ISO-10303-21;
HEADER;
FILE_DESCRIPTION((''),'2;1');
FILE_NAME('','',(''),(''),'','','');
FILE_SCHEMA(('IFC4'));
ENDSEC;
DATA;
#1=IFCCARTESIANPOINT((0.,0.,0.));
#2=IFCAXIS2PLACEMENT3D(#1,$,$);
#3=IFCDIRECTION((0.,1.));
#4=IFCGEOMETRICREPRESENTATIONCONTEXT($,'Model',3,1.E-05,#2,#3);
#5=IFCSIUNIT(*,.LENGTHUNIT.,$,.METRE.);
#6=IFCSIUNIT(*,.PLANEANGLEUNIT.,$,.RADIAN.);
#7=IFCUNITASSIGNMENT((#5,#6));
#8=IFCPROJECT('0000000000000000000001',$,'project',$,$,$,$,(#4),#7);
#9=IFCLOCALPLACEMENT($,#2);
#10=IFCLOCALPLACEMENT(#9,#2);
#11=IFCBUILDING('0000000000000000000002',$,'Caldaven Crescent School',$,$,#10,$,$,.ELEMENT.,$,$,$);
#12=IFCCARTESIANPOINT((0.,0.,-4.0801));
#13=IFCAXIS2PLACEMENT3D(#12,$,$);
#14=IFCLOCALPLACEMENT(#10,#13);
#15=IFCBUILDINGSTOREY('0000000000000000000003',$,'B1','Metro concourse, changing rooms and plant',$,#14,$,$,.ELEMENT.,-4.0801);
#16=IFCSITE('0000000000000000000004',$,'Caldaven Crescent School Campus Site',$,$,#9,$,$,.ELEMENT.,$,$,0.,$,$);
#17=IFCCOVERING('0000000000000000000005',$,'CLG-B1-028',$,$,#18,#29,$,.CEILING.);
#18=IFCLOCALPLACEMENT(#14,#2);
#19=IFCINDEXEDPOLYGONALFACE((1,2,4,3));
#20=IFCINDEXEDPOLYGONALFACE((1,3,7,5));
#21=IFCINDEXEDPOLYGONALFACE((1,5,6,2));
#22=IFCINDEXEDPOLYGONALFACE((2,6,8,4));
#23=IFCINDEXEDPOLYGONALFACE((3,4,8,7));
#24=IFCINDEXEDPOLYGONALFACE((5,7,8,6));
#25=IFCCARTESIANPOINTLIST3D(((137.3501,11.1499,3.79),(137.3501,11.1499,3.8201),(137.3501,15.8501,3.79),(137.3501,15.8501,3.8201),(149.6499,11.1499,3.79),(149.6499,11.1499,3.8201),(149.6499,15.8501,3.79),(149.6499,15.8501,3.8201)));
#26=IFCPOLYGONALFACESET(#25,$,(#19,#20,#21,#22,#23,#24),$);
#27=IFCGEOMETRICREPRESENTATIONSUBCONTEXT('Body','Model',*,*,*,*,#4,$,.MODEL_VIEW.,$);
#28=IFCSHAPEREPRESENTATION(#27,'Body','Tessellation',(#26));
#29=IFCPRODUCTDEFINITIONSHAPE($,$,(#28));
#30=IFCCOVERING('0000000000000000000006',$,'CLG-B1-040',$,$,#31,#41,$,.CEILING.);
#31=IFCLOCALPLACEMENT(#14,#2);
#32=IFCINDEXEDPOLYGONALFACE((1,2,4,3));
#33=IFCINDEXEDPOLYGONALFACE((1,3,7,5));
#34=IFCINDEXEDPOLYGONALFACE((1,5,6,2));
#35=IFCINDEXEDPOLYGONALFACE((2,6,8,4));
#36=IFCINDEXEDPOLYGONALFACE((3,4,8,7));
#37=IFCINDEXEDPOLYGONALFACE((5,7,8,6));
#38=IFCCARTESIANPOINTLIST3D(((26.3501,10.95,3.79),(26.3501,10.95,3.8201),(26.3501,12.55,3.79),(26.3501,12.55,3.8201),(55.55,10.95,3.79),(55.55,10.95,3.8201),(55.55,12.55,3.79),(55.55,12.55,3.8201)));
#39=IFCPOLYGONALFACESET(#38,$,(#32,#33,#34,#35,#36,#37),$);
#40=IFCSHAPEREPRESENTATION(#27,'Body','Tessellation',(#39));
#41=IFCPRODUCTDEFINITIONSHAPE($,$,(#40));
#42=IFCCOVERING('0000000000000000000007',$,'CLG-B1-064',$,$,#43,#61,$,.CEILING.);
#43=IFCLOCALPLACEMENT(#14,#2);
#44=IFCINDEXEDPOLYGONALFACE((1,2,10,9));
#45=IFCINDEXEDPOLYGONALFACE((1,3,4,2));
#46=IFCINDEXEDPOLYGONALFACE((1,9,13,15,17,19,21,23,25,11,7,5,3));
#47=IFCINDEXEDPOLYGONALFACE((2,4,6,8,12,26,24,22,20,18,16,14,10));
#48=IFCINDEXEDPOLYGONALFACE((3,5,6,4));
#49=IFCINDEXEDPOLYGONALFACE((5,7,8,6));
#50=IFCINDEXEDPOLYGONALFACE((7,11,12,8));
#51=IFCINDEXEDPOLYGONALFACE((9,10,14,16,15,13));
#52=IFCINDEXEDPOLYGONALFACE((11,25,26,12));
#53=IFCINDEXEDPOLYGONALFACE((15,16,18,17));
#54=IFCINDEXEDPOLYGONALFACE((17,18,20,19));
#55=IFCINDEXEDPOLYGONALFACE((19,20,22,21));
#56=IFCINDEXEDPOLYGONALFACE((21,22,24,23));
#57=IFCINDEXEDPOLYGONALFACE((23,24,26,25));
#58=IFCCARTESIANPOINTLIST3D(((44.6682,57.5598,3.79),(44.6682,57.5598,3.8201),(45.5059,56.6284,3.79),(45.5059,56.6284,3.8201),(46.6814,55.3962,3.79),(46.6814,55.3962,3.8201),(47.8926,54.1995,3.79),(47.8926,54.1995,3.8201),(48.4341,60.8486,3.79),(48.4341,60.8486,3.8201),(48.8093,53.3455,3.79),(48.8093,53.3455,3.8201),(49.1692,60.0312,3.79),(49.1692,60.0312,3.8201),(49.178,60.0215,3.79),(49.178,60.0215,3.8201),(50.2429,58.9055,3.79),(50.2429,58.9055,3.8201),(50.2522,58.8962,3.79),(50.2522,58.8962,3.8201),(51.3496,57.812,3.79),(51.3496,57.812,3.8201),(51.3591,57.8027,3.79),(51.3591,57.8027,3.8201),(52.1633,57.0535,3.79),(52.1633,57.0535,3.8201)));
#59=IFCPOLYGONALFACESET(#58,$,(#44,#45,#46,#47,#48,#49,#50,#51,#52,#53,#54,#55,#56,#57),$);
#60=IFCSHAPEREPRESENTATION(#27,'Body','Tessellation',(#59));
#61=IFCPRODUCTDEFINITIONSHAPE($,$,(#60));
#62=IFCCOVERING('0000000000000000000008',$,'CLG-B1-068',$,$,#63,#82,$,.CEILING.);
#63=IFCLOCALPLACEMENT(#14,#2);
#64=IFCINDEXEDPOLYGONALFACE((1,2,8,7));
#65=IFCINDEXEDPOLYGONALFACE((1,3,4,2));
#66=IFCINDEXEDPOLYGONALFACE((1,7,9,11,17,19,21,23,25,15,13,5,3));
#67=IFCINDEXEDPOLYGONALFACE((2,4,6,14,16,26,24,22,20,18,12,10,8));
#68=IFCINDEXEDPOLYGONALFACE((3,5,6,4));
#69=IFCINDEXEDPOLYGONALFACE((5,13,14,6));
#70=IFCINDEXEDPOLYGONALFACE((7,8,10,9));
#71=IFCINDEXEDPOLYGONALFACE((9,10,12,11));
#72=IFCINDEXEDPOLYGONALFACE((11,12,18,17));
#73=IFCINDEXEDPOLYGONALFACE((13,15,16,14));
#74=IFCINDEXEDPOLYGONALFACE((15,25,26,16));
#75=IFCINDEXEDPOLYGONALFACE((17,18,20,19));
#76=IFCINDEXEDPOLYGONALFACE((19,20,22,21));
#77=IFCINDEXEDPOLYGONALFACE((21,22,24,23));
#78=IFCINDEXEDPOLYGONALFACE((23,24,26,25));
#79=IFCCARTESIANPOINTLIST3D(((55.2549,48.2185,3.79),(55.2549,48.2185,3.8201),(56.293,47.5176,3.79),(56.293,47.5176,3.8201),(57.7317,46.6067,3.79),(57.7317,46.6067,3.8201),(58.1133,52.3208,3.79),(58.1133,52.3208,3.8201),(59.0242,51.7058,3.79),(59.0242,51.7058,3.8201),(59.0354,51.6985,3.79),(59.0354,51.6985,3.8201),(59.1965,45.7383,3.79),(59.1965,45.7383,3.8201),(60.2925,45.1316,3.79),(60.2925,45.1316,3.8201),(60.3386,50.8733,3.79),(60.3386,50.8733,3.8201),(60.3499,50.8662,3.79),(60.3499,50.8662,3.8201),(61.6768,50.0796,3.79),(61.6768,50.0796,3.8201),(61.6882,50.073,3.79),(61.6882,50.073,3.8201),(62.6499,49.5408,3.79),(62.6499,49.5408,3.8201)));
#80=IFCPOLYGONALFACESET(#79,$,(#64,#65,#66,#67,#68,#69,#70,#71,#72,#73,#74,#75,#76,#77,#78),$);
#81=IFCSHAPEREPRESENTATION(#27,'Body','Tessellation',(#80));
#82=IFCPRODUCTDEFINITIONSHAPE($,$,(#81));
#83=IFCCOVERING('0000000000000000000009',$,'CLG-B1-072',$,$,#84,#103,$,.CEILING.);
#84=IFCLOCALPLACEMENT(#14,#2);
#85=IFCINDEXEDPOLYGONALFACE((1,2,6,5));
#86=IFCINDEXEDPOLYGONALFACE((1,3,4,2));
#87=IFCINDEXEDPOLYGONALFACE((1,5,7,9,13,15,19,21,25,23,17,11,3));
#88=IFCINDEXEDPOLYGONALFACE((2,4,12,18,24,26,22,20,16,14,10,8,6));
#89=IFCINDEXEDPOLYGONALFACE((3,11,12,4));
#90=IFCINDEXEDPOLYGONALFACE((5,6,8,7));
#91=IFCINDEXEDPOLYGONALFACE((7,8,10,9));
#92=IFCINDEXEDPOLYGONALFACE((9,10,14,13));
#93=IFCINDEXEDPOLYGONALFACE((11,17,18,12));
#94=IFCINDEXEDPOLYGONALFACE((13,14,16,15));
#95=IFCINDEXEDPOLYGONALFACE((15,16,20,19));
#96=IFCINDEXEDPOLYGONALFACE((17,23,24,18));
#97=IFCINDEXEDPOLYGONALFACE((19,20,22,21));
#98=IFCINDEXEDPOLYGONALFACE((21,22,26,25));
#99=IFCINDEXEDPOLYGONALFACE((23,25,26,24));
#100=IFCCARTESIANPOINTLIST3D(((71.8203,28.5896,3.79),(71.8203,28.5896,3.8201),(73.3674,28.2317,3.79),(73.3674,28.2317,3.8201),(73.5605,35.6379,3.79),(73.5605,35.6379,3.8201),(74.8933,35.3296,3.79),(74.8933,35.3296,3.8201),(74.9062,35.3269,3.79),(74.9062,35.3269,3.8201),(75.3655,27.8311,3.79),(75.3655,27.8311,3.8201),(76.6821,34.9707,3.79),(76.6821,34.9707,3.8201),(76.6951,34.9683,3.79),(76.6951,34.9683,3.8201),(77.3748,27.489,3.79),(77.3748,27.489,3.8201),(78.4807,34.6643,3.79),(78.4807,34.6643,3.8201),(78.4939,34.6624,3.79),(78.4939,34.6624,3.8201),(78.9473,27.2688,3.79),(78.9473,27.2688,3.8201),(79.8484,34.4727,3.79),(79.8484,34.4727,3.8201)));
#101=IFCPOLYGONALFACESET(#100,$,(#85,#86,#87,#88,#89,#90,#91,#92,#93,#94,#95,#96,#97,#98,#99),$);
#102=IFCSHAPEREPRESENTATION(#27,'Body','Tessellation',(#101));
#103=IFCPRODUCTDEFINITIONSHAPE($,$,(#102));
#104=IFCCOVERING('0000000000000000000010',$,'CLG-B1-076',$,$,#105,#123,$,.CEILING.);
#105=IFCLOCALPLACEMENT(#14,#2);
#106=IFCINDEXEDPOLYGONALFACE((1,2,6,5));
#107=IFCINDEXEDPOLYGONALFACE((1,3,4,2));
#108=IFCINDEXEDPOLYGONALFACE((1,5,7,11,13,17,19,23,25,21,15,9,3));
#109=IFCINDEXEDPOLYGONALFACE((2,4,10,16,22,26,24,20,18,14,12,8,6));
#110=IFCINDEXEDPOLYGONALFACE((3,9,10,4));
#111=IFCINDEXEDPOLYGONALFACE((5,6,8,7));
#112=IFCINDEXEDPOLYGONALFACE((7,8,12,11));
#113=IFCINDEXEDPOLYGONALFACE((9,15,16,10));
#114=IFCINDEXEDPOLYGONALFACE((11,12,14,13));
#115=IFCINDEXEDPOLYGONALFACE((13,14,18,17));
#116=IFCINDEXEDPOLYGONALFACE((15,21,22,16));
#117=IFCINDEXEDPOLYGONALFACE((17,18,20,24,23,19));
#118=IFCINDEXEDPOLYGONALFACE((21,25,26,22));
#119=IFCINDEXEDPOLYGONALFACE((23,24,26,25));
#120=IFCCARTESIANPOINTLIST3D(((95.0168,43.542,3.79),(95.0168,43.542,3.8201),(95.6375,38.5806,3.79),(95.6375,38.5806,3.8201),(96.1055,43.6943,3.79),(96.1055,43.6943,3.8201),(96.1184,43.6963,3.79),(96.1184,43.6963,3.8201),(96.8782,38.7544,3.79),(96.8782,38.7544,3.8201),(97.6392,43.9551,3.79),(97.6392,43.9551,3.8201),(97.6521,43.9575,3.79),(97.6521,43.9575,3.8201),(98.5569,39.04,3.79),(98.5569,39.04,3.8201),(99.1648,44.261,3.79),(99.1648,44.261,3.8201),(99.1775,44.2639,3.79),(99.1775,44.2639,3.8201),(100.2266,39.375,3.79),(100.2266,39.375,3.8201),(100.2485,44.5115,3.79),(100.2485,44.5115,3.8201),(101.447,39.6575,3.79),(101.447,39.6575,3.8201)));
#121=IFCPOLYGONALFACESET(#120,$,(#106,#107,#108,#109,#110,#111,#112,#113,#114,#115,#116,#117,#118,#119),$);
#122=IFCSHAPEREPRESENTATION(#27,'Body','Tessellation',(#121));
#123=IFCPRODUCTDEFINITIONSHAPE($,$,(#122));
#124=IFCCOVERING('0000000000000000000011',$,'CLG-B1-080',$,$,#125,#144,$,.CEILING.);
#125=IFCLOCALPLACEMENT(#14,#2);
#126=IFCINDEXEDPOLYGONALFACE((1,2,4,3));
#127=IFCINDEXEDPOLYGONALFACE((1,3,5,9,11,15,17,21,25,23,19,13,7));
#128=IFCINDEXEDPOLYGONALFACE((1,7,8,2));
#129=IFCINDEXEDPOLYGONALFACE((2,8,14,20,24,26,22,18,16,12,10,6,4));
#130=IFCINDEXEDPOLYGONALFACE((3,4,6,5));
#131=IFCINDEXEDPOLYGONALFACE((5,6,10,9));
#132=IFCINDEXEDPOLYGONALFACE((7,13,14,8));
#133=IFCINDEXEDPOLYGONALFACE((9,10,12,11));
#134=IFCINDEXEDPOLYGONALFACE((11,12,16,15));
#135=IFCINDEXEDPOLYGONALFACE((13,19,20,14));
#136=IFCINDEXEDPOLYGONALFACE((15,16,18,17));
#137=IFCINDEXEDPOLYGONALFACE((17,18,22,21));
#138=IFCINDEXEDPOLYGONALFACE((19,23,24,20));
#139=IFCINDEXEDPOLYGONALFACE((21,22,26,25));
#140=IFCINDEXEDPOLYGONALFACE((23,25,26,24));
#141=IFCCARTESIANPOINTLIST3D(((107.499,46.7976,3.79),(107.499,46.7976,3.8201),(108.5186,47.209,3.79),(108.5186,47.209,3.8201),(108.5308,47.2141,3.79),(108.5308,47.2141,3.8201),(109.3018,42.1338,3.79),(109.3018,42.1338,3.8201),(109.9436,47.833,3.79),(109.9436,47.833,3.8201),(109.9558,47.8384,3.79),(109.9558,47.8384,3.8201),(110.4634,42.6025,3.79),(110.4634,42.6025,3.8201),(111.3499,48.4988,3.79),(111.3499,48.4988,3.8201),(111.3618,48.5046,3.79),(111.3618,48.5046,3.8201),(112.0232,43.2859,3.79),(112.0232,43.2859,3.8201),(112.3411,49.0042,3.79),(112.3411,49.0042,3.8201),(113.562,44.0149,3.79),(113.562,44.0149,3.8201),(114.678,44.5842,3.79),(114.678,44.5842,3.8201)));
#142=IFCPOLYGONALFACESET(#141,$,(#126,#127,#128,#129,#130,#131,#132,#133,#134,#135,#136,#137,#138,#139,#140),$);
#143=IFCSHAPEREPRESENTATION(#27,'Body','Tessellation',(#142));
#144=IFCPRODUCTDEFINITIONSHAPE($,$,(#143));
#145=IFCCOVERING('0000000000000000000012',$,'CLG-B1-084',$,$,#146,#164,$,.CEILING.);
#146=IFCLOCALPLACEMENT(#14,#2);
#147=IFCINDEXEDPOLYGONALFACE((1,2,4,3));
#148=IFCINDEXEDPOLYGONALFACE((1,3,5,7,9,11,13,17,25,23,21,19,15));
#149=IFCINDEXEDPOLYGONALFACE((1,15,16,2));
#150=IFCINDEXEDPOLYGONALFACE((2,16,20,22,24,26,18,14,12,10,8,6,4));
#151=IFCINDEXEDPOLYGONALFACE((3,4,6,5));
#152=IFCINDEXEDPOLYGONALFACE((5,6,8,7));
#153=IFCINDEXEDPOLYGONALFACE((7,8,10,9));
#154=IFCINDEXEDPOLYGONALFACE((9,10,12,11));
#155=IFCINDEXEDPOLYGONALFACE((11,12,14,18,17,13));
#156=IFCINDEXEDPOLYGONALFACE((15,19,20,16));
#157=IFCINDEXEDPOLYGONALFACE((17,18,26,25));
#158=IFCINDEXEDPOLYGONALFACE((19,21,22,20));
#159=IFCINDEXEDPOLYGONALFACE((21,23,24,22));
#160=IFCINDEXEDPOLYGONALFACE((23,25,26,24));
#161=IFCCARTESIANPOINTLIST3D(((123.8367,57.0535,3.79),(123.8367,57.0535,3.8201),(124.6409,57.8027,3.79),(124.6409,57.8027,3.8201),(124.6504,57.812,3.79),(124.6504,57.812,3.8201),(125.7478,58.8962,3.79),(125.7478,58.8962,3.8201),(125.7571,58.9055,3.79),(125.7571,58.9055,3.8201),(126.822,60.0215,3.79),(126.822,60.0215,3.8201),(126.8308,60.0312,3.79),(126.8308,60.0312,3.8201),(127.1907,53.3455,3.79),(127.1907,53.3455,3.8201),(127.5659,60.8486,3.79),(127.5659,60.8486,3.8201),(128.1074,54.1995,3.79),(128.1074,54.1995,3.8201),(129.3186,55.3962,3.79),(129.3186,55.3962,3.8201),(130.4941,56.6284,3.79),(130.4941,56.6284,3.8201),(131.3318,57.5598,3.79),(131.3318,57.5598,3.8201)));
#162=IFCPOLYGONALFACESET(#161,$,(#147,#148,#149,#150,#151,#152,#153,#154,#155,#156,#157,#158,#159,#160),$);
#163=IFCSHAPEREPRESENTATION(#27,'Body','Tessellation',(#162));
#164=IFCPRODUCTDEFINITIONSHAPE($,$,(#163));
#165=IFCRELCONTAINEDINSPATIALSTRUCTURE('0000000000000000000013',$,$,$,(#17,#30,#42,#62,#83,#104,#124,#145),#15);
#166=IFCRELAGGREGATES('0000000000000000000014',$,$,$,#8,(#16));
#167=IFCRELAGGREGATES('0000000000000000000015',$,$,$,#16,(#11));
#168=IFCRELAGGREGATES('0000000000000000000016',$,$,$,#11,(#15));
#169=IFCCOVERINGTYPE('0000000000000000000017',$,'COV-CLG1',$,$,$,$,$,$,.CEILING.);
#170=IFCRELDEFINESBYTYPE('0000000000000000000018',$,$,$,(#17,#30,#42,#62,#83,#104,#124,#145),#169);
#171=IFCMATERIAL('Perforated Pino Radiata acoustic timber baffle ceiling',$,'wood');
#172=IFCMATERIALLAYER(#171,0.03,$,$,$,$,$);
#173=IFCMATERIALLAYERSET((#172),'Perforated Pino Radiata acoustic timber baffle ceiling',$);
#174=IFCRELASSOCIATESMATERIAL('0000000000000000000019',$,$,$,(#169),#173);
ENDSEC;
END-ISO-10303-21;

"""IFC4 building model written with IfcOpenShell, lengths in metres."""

from ifc_helpers import new_model, si_unit, direction, frame, origin, place, context, subcontext, project, spatial, polyline, outline, extrude, material, layer, layer_set, type_object, element, save


model = new_model("IFC4")

# Units and contexts
model_context = context("Model", 3, precision=1e-05, world=origin(), true_north=direction((0.0, 1.0)))
body_context = subcontext(model_context, "Body", "Model", "MODEL_VIEW")
ifc_project = project(units=[si_unit("LENGTHUNIT", "METRE"), si_unit("PLANEANGLEUNIT", "RADIAN")], contexts=[model_context])

# Site, building, storey
site_placement = place(None, origin())
site = spatial("IfcSite", under=ifc_project, at=site_placement, Name="Caldaven Crescent School Campus Site", CompositionType="ELEMENT", RefElevation=0.0)
building_placement = place(site_placement, origin())
building = spatial("IfcBuilding", under=site, at=building_placement, Name="Caldaven Crescent School", CompositionType="ELEMENT")
storey_placement = place(building_placement, frame((0.0, 0.0, -4.0801)))
storey = spatial("IfcBuildingStorey", under=building, at=storey_placement, Name="B1", Description="Metro concourse, changing rooms and plant", CompositionType="ELEMENT", Elevation=-4.0801)

# Coverings
ifc_material = material(Name="Perforated Pino Radiata acoustic timber baffle ceiling", Category="wood")
ifc_layer_1 = layer(ifc_material, 0.03)
ifc_layer_set_1 = layer_set([ifc_layer_1], Name="Perforated Pino Radiata acoustic timber baffle ceiling")
covering_type_1 = type_object("IfcCoveringType", Name="COV-CLG1", PredefinedType="CEILING", material=ifc_layer_set_1)
covering_1_placement = place(storey_placement, frame((0.0, 0.0, 3.79)))
element("IfcCovering", 1, at=covering_1_placement, inside=storey, type_object=covering_type_1, Name="CLG-B1-028", PredefinedType="CEILING", context=body_context, shape_type="SweptSolid", body=[
    extrude(outline(polyline([(149.6499, 15.8501), (149.6499, 11.1499), (137.3501, 11.1499), (137.3501, 15.8501), (149.6499, 15.8501)])), origin(), (0.0, 0.0, 1.0), 0.03),
])
covering_2_placement = place(storey_placement, frame((0.0, 0.0, 3.79)))
element("IfcCovering", 2, at=covering_2_placement, inside=storey, type_object=covering_type_1, Name="CLG-B1-040", PredefinedType="CEILING", context=body_context, shape_type="SweptSolid", body=[
    extrude(outline(polyline([(55.55, 12.55), (55.55, 10.95), (26.3501, 10.95), (26.3501, 12.55), (55.55, 12.55)])), origin(), (0.0, 0.0, 1.0), 0.03),
])
covering_3_placement = place(storey_placement, frame((0.0, 0.0, 3.79)))
element("IfcCovering", 3, at=covering_3_placement, inside=storey, type_object=covering_type_1, Name="CLG-B1-064", PredefinedType="CEILING", context=body_context, shape_type="SweptSolid", body=[
    extrude(outline(polyline([(49.1692, 60.0312), (49.178, 60.0215), (50.2429, 58.9055), (50.2522, 58.8962), (51.3496, 57.812), (51.3591, 57.8027), (52.1633, 57.0535), (48.8093, 53.3455), (47.8926, 54.1995), (46.6814, 55.3962), (45.5059, 56.6284), (44.6682, 57.5598), (48.4341, 60.8486), (49.1692, 60.0312)])), origin(), (0.0, 0.0, 1.0), 0.03),
])
covering_4_placement = place(storey_placement, frame((0.0, 0.0, 3.79)))
element("IfcCovering", 4, at=covering_4_placement, inside=storey, type_object=covering_type_1, Name="CLG-B1-068", PredefinedType="CEILING", context=body_context, shape_type="SweptSolid", body=[
    extrude(outline(polyline([(59.0242, 51.7058), (59.0354, 51.6985), (60.3386, 50.8733), (60.3499, 50.8662), (61.6768, 50.0796), (61.6882, 50.073), (62.6499, 49.5408), (60.2925, 45.1316), (59.1965, 45.7383), (57.7317, 46.6067), (56.293, 47.5176), (55.2549, 48.2185), (58.1133, 52.3208), (59.0242, 51.7058)])), origin(), (0.0, 0.0, 1.0), 0.03),
])
covering_5_placement = place(storey_placement, frame((0.0, 0.0, 3.79)))
element("IfcCovering", 5, at=covering_5_placement, inside=storey, type_object=covering_type_1, Name="CLG-B1-072", PredefinedType="CEILING", context=body_context, shape_type="SweptSolid", body=[
    extrude(outline(polyline([(74.8933, 35.3296), (74.9062, 35.3269), (76.6821, 34.9707), (76.6951, 34.9683), (78.4807, 34.6643), (78.4939, 34.6624), (79.8484, 34.4727), (78.9473, 27.2688), (77.3748, 27.489), (75.3655, 27.8311), (73.3674, 28.2317), (71.8203, 28.5896), (73.5605, 35.6379), (74.8933, 35.3296)])), origin(), (0.0, 0.0, 1.0), 0.03),
])
covering_6_placement = place(storey_placement, frame((0.0, 0.0, 3.79)))
element("IfcCovering", 6, at=covering_6_placement, inside=storey, type_object=covering_type_1, Name="CLG-B1-076", PredefinedType="CEILING", context=body_context, shape_type="SweptSolid", body=[
    extrude(outline(polyline([(96.1055, 43.6943), (96.1184, 43.6963), (97.6392, 43.9551), (97.6521, 43.9575), (99.1648, 44.261), (99.1775, 44.2639), (100.2485, 44.5115), (101.447, 39.6575), (100.2266, 39.375), (98.5569, 39.04), (96.8782, 38.7544), (95.6375, 38.5806), (95.0168, 43.542), (96.1055, 43.6943)])), origin(), (0.0, 0.0, 1.0), 0.03),
])
covering_7_placement = place(storey_placement, frame((0.0, 0.0, 3.79)))
element("IfcCovering", 7, at=covering_7_placement, inside=storey, type_object=covering_type_1, Name="CLG-B1-080", PredefinedType="CEILING", context=body_context, shape_type="SweptSolid", body=[
    extrude(outline(polyline([(108.5186, 47.209), (108.5308, 47.2141), (109.9436, 47.833), (109.9558, 47.8384), (111.3499, 48.4988), (111.3618, 48.5046), (112.3411, 49.0042), (114.678, 44.5842), (113.562, 44.0149), (112.0232, 43.2859), (110.4634, 42.6025), (109.3018, 42.1338), (107.499, 46.7976), (108.5186, 47.209)])), origin(), (0.0, 0.0, 1.0), 0.03),
])
covering_8_placement = place(storey_placement, frame((0.0, 0.0, 3.79)))
element("IfcCovering", 8, at=covering_8_placement, inside=storey, type_object=covering_type_1, Name="CLG-B1-084", PredefinedType="CEILING", context=body_context, shape_type="SweptSolid", body=[
    extrude(outline(polyline([(124.6409, 57.8027), (124.6504, 57.812), (125.7478, 58.8962), (125.7571, 58.9055), (126.822, 60.0215), (126.8308, 60.0312), (127.5659, 60.8486), (131.3318, 57.5598), (130.4941, 56.6284), (129.3186, 55.3962), (128.1074, 54.1995), (127.1907, 53.3455), (123.8367, 57.0535), (124.6409, 57.8027)])), origin(), (0.0, 0.0, 1.0), 0.03),
])

save(model, "model.ifc")
